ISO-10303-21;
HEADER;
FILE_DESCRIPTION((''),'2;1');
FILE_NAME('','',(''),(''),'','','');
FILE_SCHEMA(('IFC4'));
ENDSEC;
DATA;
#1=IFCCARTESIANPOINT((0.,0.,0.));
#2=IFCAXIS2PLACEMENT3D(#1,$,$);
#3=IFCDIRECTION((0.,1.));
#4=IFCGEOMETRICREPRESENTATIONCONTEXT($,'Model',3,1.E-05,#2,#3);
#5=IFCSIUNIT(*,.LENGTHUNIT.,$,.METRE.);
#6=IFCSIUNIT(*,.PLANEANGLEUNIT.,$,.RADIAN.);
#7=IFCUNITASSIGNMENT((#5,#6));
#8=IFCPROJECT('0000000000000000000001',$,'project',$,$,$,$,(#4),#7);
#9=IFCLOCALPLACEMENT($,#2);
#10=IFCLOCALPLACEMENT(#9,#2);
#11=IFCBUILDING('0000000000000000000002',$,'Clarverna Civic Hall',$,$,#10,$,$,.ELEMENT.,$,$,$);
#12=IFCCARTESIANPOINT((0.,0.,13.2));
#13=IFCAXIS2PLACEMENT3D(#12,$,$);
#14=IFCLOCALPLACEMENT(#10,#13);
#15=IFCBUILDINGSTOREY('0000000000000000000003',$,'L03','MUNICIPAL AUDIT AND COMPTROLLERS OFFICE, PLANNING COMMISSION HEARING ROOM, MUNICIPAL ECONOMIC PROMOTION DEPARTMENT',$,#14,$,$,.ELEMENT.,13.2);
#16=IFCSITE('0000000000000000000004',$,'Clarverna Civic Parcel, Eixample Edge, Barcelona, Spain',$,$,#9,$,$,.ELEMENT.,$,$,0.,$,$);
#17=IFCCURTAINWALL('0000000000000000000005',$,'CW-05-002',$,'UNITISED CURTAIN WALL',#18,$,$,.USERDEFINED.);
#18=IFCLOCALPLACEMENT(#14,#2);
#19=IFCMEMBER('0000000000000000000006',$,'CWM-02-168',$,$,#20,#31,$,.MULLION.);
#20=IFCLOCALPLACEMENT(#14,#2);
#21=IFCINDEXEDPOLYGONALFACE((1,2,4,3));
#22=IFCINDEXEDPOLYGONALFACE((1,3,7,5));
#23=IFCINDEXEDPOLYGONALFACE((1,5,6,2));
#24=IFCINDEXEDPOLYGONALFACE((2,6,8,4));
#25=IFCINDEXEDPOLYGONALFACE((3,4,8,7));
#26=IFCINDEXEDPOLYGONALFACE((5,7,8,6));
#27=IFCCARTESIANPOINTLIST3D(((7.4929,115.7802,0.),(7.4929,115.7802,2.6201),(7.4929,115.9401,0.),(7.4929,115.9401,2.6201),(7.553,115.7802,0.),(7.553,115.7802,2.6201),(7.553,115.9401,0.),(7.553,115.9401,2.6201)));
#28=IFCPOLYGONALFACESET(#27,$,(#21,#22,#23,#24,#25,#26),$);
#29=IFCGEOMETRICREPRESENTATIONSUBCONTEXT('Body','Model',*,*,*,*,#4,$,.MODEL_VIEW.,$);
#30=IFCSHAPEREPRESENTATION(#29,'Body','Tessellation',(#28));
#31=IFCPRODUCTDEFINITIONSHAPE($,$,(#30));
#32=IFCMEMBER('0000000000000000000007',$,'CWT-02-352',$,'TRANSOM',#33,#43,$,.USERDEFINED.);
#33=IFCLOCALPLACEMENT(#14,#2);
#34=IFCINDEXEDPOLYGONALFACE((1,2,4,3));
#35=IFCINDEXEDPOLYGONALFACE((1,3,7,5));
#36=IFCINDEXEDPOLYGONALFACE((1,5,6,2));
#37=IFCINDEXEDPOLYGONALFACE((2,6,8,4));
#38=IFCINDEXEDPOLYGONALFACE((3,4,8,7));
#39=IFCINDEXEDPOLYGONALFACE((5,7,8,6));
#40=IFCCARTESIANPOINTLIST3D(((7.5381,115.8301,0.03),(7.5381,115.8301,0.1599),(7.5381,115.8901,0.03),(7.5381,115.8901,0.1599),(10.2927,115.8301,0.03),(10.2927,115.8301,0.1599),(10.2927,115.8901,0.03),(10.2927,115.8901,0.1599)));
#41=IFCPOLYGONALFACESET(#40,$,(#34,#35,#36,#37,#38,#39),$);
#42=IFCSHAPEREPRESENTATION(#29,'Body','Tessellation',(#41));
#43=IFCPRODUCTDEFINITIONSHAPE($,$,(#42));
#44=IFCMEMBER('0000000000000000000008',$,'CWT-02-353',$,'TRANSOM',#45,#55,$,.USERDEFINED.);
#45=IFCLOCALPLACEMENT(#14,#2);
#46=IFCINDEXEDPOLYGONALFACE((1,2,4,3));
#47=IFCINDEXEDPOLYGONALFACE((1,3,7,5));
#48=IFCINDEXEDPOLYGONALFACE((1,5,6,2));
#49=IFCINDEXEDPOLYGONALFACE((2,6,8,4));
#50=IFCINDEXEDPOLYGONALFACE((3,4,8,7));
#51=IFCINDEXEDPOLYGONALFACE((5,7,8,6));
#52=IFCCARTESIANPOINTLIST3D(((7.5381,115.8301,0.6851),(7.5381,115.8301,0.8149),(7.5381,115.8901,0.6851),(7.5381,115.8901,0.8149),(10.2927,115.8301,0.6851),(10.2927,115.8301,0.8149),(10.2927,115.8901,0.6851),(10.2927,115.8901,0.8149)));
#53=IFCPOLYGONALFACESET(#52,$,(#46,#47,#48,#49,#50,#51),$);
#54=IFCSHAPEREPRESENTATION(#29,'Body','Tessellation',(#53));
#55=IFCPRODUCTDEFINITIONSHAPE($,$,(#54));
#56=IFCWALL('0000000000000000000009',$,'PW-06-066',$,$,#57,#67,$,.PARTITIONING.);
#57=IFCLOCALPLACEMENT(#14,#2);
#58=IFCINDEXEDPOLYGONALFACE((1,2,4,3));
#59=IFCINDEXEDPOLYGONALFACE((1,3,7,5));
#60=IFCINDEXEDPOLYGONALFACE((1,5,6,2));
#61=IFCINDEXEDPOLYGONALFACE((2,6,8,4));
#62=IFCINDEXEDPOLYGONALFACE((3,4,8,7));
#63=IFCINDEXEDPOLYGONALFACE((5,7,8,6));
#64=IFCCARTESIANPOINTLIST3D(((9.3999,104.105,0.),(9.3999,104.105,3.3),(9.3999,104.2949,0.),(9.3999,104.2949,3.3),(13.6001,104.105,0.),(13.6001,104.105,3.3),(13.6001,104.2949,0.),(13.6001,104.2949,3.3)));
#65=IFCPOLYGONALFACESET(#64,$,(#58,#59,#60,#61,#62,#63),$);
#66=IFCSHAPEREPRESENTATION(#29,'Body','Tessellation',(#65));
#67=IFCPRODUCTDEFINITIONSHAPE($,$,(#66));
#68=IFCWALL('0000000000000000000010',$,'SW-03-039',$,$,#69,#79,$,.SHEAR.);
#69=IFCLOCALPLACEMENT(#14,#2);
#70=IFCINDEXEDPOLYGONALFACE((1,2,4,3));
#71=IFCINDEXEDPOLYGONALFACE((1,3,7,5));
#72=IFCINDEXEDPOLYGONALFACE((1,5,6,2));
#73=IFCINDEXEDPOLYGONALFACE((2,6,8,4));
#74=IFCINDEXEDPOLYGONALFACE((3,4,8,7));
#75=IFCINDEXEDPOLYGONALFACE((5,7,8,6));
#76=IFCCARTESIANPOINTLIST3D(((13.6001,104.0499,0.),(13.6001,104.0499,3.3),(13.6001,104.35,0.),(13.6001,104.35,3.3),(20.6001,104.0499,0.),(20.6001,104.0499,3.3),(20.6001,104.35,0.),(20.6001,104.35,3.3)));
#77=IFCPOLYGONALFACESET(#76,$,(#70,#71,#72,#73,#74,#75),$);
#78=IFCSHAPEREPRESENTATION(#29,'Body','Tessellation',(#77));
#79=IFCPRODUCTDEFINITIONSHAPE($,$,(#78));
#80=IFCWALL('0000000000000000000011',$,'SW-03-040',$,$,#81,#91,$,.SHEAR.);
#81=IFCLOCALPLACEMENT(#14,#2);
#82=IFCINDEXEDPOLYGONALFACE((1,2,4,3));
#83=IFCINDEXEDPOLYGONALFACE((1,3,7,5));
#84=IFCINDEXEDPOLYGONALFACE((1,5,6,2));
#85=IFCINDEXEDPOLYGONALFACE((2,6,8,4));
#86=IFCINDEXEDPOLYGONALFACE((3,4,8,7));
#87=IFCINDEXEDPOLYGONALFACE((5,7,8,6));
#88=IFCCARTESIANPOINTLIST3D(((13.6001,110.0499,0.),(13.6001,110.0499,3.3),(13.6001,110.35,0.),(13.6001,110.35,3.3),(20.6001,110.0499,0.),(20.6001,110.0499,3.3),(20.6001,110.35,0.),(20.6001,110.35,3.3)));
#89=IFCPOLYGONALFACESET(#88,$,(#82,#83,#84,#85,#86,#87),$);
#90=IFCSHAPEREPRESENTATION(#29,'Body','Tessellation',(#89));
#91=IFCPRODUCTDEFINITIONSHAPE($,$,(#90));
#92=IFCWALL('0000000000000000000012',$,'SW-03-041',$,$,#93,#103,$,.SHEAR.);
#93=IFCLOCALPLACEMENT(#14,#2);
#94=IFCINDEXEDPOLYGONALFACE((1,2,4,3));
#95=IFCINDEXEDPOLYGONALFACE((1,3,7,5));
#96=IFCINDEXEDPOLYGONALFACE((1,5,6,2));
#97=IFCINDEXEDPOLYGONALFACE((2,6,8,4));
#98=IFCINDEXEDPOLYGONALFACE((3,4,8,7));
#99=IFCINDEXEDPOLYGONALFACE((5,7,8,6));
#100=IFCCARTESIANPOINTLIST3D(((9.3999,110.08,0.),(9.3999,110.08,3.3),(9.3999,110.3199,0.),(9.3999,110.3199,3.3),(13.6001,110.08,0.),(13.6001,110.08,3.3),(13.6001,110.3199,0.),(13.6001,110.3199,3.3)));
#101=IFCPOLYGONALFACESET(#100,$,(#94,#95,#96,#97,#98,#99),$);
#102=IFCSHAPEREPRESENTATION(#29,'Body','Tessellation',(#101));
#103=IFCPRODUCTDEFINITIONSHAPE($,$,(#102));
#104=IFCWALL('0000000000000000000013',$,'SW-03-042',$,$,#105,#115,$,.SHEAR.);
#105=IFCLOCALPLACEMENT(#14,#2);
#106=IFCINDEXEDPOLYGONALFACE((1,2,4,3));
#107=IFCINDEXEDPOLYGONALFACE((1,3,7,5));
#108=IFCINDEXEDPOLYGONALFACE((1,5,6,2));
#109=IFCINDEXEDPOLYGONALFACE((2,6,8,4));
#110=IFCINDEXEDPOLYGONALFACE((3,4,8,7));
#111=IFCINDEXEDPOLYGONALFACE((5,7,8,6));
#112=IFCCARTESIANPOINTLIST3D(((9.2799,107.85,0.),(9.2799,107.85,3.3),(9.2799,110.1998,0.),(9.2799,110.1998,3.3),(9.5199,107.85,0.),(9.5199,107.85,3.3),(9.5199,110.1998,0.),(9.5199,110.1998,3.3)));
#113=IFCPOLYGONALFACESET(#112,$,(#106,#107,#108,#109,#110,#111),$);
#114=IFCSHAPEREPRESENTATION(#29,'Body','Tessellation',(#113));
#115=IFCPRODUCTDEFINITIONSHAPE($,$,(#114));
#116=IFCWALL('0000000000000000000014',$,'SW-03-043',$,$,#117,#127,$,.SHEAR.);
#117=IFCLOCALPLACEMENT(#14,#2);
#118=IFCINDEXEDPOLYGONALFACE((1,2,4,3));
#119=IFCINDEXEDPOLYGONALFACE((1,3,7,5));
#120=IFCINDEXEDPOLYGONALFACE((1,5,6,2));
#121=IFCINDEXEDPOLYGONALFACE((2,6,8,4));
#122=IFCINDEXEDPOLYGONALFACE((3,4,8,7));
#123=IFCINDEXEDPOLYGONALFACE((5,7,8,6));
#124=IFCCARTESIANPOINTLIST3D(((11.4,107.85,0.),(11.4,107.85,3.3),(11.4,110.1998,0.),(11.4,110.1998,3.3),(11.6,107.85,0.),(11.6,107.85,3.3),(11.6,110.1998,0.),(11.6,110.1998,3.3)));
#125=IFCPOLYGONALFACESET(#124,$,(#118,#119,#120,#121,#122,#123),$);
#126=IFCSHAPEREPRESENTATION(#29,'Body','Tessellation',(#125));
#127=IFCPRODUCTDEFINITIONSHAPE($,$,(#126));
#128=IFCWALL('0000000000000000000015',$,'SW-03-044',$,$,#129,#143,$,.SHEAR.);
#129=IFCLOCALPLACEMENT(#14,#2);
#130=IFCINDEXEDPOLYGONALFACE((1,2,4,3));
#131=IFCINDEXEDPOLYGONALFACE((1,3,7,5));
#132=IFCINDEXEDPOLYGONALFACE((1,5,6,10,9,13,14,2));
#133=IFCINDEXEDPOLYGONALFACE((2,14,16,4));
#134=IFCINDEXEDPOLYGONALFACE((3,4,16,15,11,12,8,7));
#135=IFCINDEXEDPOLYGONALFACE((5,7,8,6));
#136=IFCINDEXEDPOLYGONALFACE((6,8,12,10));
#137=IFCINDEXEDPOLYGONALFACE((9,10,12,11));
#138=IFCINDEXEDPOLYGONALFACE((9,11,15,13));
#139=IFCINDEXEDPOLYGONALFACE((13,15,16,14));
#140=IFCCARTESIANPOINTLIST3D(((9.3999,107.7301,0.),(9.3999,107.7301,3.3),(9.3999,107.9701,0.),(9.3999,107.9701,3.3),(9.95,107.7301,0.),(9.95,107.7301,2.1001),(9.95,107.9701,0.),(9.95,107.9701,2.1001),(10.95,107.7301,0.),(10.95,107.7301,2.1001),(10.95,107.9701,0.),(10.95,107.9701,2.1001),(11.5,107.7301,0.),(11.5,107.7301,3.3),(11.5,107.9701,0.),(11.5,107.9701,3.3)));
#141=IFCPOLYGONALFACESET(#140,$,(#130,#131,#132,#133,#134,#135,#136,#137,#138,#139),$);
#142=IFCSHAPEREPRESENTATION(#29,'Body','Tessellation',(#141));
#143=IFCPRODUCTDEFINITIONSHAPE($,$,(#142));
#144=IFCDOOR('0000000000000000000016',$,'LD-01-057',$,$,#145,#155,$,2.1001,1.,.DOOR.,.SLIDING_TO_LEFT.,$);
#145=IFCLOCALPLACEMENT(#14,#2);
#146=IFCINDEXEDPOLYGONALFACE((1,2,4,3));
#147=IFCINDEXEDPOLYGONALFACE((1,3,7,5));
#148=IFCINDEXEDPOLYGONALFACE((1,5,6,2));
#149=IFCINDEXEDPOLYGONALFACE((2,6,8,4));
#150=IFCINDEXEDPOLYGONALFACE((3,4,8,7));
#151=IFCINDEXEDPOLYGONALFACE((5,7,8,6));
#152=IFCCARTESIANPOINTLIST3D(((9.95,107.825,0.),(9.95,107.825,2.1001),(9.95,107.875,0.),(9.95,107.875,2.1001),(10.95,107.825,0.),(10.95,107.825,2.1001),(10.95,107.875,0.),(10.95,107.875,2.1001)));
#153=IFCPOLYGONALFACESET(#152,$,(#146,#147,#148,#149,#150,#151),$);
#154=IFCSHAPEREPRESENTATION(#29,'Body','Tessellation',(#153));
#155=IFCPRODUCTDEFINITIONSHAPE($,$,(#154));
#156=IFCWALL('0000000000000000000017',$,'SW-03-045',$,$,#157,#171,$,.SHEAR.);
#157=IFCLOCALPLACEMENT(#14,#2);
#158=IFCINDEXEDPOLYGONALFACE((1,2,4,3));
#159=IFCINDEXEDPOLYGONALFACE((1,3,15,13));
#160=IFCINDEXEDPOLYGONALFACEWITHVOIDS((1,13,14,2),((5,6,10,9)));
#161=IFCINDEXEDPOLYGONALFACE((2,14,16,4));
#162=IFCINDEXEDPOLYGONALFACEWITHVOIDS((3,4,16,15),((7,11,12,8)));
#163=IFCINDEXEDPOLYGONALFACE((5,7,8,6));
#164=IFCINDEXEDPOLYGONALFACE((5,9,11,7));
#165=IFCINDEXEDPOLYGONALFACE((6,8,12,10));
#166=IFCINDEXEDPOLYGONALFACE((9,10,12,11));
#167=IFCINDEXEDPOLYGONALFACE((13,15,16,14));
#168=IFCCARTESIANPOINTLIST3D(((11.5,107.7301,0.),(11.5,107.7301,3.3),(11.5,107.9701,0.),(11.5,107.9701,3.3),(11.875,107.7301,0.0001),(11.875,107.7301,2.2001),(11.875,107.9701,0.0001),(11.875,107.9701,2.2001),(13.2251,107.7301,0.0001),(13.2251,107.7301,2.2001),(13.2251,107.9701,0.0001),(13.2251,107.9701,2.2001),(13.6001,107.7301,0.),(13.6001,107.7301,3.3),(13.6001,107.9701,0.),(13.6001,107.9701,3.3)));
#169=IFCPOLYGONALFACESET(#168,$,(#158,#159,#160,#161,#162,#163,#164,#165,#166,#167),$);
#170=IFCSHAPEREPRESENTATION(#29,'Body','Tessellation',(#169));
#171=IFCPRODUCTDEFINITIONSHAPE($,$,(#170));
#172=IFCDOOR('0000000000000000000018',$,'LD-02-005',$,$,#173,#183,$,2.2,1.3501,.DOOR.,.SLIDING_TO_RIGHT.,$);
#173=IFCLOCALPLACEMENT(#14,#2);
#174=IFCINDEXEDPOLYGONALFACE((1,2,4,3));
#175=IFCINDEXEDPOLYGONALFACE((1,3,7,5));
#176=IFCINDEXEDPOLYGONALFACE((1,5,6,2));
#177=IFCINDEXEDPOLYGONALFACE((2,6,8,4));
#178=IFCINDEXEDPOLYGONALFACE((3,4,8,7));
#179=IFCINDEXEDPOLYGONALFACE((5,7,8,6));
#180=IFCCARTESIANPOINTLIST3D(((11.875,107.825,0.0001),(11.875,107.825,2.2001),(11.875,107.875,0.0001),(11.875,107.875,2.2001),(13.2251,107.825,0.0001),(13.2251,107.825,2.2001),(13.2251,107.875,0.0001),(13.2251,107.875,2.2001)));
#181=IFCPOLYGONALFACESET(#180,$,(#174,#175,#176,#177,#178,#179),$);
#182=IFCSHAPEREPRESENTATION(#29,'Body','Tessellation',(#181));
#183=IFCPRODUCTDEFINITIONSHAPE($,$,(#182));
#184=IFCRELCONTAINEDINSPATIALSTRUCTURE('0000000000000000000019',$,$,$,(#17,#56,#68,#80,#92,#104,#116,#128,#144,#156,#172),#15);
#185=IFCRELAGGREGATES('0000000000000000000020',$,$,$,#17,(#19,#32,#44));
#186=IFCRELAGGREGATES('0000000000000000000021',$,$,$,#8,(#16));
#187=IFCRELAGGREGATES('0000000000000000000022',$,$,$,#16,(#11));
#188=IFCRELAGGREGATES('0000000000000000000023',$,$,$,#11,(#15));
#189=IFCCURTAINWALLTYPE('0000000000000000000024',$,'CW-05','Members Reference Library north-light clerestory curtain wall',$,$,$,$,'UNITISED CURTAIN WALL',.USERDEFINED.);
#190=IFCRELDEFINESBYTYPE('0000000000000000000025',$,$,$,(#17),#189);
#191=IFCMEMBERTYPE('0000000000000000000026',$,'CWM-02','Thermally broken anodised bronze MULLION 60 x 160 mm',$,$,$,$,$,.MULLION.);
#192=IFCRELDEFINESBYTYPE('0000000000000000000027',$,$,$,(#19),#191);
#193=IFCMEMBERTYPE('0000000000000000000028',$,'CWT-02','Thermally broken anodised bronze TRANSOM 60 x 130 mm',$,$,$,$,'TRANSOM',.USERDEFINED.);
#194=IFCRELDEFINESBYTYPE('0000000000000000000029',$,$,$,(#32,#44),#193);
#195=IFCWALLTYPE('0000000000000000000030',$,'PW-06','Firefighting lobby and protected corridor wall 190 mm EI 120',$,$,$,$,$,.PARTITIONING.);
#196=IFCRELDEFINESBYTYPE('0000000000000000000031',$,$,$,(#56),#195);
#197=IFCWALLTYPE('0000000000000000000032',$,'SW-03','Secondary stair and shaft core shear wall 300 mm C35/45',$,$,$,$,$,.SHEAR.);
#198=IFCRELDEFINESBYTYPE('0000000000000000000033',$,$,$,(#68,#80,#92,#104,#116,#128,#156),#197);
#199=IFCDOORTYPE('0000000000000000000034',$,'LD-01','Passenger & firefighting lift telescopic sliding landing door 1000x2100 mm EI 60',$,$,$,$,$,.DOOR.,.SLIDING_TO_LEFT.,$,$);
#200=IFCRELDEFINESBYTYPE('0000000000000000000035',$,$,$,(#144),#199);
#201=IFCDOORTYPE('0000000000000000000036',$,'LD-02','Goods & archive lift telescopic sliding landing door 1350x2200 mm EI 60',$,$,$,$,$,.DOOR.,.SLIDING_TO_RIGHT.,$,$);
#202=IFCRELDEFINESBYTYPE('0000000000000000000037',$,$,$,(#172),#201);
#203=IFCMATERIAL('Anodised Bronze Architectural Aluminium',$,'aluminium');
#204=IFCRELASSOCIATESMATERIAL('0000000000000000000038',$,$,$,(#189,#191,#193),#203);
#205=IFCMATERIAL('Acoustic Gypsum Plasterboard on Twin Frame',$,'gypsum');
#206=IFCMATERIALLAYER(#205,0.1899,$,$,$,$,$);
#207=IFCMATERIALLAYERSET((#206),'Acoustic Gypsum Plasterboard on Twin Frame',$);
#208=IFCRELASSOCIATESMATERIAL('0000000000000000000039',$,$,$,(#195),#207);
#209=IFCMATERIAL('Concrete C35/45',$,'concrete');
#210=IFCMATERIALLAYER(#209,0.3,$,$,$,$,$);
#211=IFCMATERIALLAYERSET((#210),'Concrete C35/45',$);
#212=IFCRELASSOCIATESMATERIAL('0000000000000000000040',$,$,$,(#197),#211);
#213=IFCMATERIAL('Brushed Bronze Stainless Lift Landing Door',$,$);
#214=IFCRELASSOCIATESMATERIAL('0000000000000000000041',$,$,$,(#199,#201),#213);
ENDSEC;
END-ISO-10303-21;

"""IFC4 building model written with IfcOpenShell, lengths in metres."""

from ifc_helpers import new_model, si_unit, direction, frame, frame_2d, origin, origin_2d, place, context, subcontext, project, spatial, rectangle, extrude, material, layer, layer_set, material_profile, profile_set, type_object, element, fill, aggregate, save


model = new_model("IFC4")

# Units and contexts
model_context = context("Model", 3, precision=1e-05, world=origin(), true_north=direction((0.0, 1.0)))
body_context = subcontext(model_context, "Body", "Model", "MODEL_VIEW")
ifc_project = project(units=[si_unit("LENGTHUNIT", "METRE"), si_unit("PLANEANGLEUNIT", "RADIAN")], contexts=[model_context])

# Site, building, storey
site_placement = place(None, origin())
site = spatial("IfcSite", under=ifc_project, at=site_placement, Name="Clarverna Civic Parcel, Eixample Edge, Barcelona, Spain", CompositionType="ELEMENT", RefElevation=0.0)
building_placement = place(site_placement, origin())
building = spatial("IfcBuilding", under=site, at=building_placement, Name="Clarverna Civic Hall", CompositionType="ELEMENT")
storey_placement = place(building_placement, frame((0.0, 0.0, 13.2)))
storey = spatial("IfcBuildingStorey", under=building, at=storey_placement, Name="L03", Description="MUNICIPAL AUDIT AND COMPTROLLERS OFFICE, PLANNING COMMISSION HEARING ROOM, MUNICIPAL ECONOMIC PROMOTION DEPARTMENT", CompositionType="ELEMENT", Elevation=13.2)

# Curtain wall, members
ifc_material_1 = material(Name="Anodised Bronze Architectural Aluminium", Category="aluminium")
curtain_wall_type = type_object("IfcCurtainWallType", Name="CW-05", Description="Members Reference Library north-light clerestory curtain wall", ElementType="UNITISED CURTAIN WALL", PredefinedType="USERDEFINED", material=ifc_material_1)
curtain_wall_placement = place(storey_placement, origin())
curtain_wall = element("IfcCurtainWall", 1, at=curtain_wall_placement, inside=storey, type_object=curtain_wall_type, Name="CW-05-002", ObjectType="UNITISED CURTAIN WALL", PredefinedType="USERDEFINED")
ifc_material_profile_1 = material_profile(ifc_material_1, rectangle(XDim=0.0601, YDim=0.1599, at=origin_2d()), Name="BRONZE 60x160")
ifc_profile_set_1 = profile_set([ifc_material_profile_1], Name="Anodised Bronze Architectural Aluminium")
member_type_1 = type_object("IfcMemberType", Name="CWM-02", Description="Thermally broken anodised bronze MULLION 60 x 160 mm", PredefinedType="MULLION", material=ifc_profile_set_1)
member_1_placement = place(storey_placement, frame((7.5229, 115.8601, 0.0), z_axis=(0.0, 0.0, 1.0), x_axis=(1.0, 0.0, 0.0)))
member_1 = element("IfcMember", 2, at=member_1_placement, type_object=member_type_1, Name="CWM-02-168", PredefinedType="MULLION", context=body_context, shape_type="SweptSolid", body=[
    extrude(rectangle(XDim=0.0601, YDim=0.1599, at=origin_2d()), origin(), (0.0, 0.0, 1.0), 2.6201),
])
ifc_material_profile_2 = material_profile(ifc_material_1, rectangle(XDim=0.0601, YDim=0.1299, at=origin_2d()), Name="BRONZE 60x130")
ifc_profile_set_2 = profile_set([ifc_material_profile_2], Name="Anodised Bronze Architectural Aluminium")
member_type_2 = type_object("IfcMemberType", Name="CWT-02", Description="Thermally broken anodised bronze TRANSOM 60 x 130 mm", ElementType="TRANSOM", PredefinedType="USERDEFINED", material=ifc_profile_set_2)
member_2_placement = place(storey_placement, frame((7.5381, 115.8601, 0.095), z_axis=(1.0, 0.0, 0.0), x_axis=(0.0, 1.0, 0.0)))
member_2 = element("IfcMember", 3, at=member_2_placement, type_object=member_type_2, Name="CWT-02-352", ObjectType="TRANSOM", PredefinedType="USERDEFINED", context=body_context, shape_type="SweptSolid", body=[
    extrude(rectangle(XDim=0.0601, YDim=0.1299, at=origin_2d()), origin(), (0.0, 0.0, 1.0), 2.7546),
])
member_3_placement = place(storey_placement, frame((7.5381, 115.8601, 0.75), z_axis=(1.0, 0.0, 0.0), x_axis=(0.0, 1.0, 0.0)))
member_3 = element("IfcMember", 4, at=member_3_placement, type_object=member_type_2, Name="CWT-02-353", ObjectType="TRANSOM", PredefinedType="USERDEFINED", context=body_context, shape_type="SweptSolid", body=[
    extrude(rectangle(XDim=0.0601, YDim=0.1299, at=origin_2d()), origin(), (0.0, 0.0, 1.0), 2.7546),
])
aggregate(curtain_wall, [member_1, member_2, member_3])

# Shared definitions
ifc_material_2 = material(Name="Acoustic Gypsum Plasterboard on Twin Frame", Category="gypsum")
ifc_layer_1 = layer(ifc_material_2, 0.1899)
ifc_layer_set_1 = layer_set([ifc_layer_1], Name="Acoustic Gypsum Plasterboard on Twin Frame")
wall_type_1 = type_object("IfcWallType", Name="PW-06", Description="Firefighting lobby and protected corridor wall 190 mm EI 120", PredefinedType="PARTITIONING", material=ifc_layer_set_1)

# Wall
wall_1_placement = place(storey_placement, frame((9.3999, 104.2, 0.0), z_axis=(0.0, 0.0, 1.0), x_axis=(1.0, 0.0, 0.0)))
element("IfcWall", 5, at=wall_1_placement, inside=storey, type_object=wall_type_1, Name="PW-06-066", PredefinedType="PARTITIONING", context=body_context, shape_type="SweptSolid", body=[
    extrude(rectangle(XDim=4.2002, YDim=0.1899, at=frame_2d((2.1001, 0.0))), origin(), (0.0, 0.0, 1.0), 3.3),
])

# Shared definitions
ifc_material_3 = material(Name="Concrete C35/45", Category="concrete")
ifc_layer_2 = layer(ifc_material_3, 0.3)
ifc_layer_set_2 = layer_set([ifc_layer_2], Name="Concrete C35/45")
wall_type_2 = type_object("IfcWallType", Name="SW-03", Description="Secondary stair and shaft core shear wall 300 mm C35/45", PredefinedType="SHEAR", material=ifc_layer_set_2)

# Walls
for number, where, z_axis, x_axis, name in (
    (6, (13.6001, 104.2, 0.0), (0.0, 0.0, 1.0), (1.0, 0.0, 0.0), "SW-03-039"),
    (7, (13.6001, 110.2, 0.0), (0.0, 0.0, 1.0), (1.0, 0.0, 0.0), "SW-03-040"),
):
    element("IfcWall", number, at=place(storey_placement, frame(where, z_axis=z_axis, x_axis=x_axis)), inside=storey, type_object=wall_type_2, Name=name, PredefinedType="SHEAR", context=body_context, shape_type="SweptSolid", body=[
        extrude(rectangle(XDim=7.0, YDim=0.3, at=frame_2d((3.5, 0.0))), origin(), (0.0, 0.0, 1.0), 3.3),
    ])
wall_2_placement = place(storey_placement, frame((9.3999, 110.2, 0.0), z_axis=(0.0, 0.0, 1.0), x_axis=(1.0, 0.0, 0.0)))
element("IfcWall", 8, at=wall_2_placement, inside=storey, type_object=wall_type_2, Name="SW-03-041", PredefinedType="SHEAR", context=body_context, shape_type="SweptSolid", body=[
    extrude(rectangle(XDim=4.2002, YDim=0.24, at=frame_2d((2.1001, 0.0))), origin(), (0.0, 0.0, 1.0), 3.3),
])
wall_3_placement = place(storey_placement, frame((9.3999, 107.8501, 0.0), z_axis=(0.0, 0.0, 1.0), x_axis=(0.0, 1.0, 0.0)))
element("IfcWall", 9, at=wall_3_placement, inside=storey, type_object=wall_type_2, Name="SW-03-042", PredefinedType="SHEAR", context=body_context, shape_type="SweptSolid", body=[
    extrude(rectangle(XDim=2.3499, YDim=0.24, at=frame_2d((1.1748, 0.0))), origin(), (0.0, 0.0, 1.0), 3.3),
])
wall_4_placement = place(storey_placement, frame((11.5, 107.8501, 0.0), z_axis=(0.0, 0.0, 1.0), x_axis=(0.0, 1.0, 0.0)))
element("IfcWall", 10, at=wall_4_placement, inside=storey, type_object=wall_type_2, Name="SW-03-043", PredefinedType="SHEAR", context=body_context, shape_type="SweptSolid", body=[
    extrude(rectangle(XDim=2.3499, YDim=0.2, at=frame_2d((1.1748, 0.0))), origin(), (0.0, 0.0, 1.0), 3.3),
])

# Walls, openings, doors
wall_5_placement = place(storey_placement, frame((9.3999, 107.8501, 0.0), z_axis=(0.0, 0.0, 1.0), x_axis=(1.0, 0.0, 0.0)))
wall_5 = element("IfcWall", 11, at=wall_5_placement, inside=storey, type_object=wall_type_2, Name="SW-03-044", PredefinedType="SHEAR", context=body_context, shape_type="SweptSolid", body=[
    extrude(rectangle(XDim=2.1001, YDim=0.24, at=frame_2d((1.05, 0.0))), origin(), (0.0, 0.0, 1.0), 3.3),
])
opening_1_placement = place(wall_5_placement, frame((0.55, 0.0, 0.0)))
opening_1 = element("IfcOpeningElement", 12, at=opening_1_placement, cuts=wall_5, PredefinedType="OPENING", context=body_context, shape_type="SweptSolid", body=[
    extrude(rectangle(XDim=1.0, YDim=2.1001, at=frame_2d((0.5, 1.05))), frame((0.0, 0.1299, 0.0), z_axis=(0.0, -1.0, 0.0), x_axis=(1.0, 0.0, 0.0)), (0.0, 0.0, 1.0), 0.26),
])
ifc_material_4 = material(Name="Brushed Bronze Stainless Lift Landing Door")
door_type_1 = type_object("IfcDoorType", Name="LD-01", Description="Passenger & firefighting lift telescopic sliding landing door 1000x2100 mm EI 60", OperationType="SLIDING_TO_LEFT", PredefinedType="DOOR", material=ifc_material_4)
door_1_placement = place(opening_1_placement, origin())
door_1 = element("IfcDoor", 13, at=door_1_placement, inside=storey, type_object=door_type_1, Name="LD-01-057", OperationType="SLIDING_TO_LEFT", OverallHeight=2.1001, OverallWidth=1.0, PredefinedType="DOOR", context=body_context, shape_type="SweptSolid", body=[
    extrude(rectangle(XDim=1.0, YDim=2.1001, at=frame_2d((0.5, 1.05))), frame((0.0, 0.0249, 0.0), z_axis=(0.0, -1.0, 0.0), x_axis=(1.0, 0.0, 0.0)), (0.0, 0.0, 1.0), 0.05),
])
fill(opening_1, door_1)
wall_6_placement = place(storey_placement, frame((11.5, 107.8501, 0.0), z_axis=(0.0, 0.0, 1.0), x_axis=(1.0, 0.0, 0.0)))
wall_6 = element("IfcWall", 14, at=wall_6_placement, inside=storey, type_object=wall_type_2, Name="SW-03-045", PredefinedType="SHEAR", context=body_context, shape_type="SweptSolid", body=[
    extrude(rectangle(XDim=2.1001, YDim=0.24, at=frame_2d((1.05, 0.0))), origin(), (0.0, 0.0, 1.0), 3.3),
])
opening_2_placement = place(wall_6_placement, frame((0.375, 0.0, 0.0)))
opening_2 = element("IfcOpeningElement", 15, at=opening_2_placement, cuts=wall_6, PredefinedType="OPENING", context=body_context, shape_type="SweptSolid", body=[
    extrude(rectangle(XDim=1.3501, YDim=2.2, at=frame_2d((0.675, 1.1001))), frame((0.0, 0.1299, 0.0), z_axis=(0.0, -1.0, 0.0), x_axis=(1.0, 0.0, 0.0)), (0.0, 0.0, 1.0), 0.26),
])
door_type_2 = type_object("IfcDoorType", Name="LD-02", Description="Goods & archive lift telescopic sliding landing door 1350x2200 mm EI 60", OperationType="SLIDING_TO_RIGHT", PredefinedType="DOOR", material=ifc_material_4)
door_2_placement = place(opening_2_placement, origin())
door_2 = element("IfcDoor", 16, at=door_2_placement, inside=storey, type_object=door_type_2, Name="LD-02-005", OperationType="SLIDING_TO_RIGHT", OverallHeight=2.2, OverallWidth=1.3501, PredefinedType="DOOR", context=body_context, shape_type="SweptSolid", body=[
    extrude(rectangle(XDim=1.3501, YDim=2.2, at=frame_2d((0.675, 1.1001))), frame((0.0, 0.0249, 0.0), z_axis=(0.0, -1.0, 0.0), x_axis=(1.0, 0.0, 0.0)), (0.0, 0.0, 1.0), 0.05),
])
fill(opening_2, door_2)

save(model, "model.ifc")
